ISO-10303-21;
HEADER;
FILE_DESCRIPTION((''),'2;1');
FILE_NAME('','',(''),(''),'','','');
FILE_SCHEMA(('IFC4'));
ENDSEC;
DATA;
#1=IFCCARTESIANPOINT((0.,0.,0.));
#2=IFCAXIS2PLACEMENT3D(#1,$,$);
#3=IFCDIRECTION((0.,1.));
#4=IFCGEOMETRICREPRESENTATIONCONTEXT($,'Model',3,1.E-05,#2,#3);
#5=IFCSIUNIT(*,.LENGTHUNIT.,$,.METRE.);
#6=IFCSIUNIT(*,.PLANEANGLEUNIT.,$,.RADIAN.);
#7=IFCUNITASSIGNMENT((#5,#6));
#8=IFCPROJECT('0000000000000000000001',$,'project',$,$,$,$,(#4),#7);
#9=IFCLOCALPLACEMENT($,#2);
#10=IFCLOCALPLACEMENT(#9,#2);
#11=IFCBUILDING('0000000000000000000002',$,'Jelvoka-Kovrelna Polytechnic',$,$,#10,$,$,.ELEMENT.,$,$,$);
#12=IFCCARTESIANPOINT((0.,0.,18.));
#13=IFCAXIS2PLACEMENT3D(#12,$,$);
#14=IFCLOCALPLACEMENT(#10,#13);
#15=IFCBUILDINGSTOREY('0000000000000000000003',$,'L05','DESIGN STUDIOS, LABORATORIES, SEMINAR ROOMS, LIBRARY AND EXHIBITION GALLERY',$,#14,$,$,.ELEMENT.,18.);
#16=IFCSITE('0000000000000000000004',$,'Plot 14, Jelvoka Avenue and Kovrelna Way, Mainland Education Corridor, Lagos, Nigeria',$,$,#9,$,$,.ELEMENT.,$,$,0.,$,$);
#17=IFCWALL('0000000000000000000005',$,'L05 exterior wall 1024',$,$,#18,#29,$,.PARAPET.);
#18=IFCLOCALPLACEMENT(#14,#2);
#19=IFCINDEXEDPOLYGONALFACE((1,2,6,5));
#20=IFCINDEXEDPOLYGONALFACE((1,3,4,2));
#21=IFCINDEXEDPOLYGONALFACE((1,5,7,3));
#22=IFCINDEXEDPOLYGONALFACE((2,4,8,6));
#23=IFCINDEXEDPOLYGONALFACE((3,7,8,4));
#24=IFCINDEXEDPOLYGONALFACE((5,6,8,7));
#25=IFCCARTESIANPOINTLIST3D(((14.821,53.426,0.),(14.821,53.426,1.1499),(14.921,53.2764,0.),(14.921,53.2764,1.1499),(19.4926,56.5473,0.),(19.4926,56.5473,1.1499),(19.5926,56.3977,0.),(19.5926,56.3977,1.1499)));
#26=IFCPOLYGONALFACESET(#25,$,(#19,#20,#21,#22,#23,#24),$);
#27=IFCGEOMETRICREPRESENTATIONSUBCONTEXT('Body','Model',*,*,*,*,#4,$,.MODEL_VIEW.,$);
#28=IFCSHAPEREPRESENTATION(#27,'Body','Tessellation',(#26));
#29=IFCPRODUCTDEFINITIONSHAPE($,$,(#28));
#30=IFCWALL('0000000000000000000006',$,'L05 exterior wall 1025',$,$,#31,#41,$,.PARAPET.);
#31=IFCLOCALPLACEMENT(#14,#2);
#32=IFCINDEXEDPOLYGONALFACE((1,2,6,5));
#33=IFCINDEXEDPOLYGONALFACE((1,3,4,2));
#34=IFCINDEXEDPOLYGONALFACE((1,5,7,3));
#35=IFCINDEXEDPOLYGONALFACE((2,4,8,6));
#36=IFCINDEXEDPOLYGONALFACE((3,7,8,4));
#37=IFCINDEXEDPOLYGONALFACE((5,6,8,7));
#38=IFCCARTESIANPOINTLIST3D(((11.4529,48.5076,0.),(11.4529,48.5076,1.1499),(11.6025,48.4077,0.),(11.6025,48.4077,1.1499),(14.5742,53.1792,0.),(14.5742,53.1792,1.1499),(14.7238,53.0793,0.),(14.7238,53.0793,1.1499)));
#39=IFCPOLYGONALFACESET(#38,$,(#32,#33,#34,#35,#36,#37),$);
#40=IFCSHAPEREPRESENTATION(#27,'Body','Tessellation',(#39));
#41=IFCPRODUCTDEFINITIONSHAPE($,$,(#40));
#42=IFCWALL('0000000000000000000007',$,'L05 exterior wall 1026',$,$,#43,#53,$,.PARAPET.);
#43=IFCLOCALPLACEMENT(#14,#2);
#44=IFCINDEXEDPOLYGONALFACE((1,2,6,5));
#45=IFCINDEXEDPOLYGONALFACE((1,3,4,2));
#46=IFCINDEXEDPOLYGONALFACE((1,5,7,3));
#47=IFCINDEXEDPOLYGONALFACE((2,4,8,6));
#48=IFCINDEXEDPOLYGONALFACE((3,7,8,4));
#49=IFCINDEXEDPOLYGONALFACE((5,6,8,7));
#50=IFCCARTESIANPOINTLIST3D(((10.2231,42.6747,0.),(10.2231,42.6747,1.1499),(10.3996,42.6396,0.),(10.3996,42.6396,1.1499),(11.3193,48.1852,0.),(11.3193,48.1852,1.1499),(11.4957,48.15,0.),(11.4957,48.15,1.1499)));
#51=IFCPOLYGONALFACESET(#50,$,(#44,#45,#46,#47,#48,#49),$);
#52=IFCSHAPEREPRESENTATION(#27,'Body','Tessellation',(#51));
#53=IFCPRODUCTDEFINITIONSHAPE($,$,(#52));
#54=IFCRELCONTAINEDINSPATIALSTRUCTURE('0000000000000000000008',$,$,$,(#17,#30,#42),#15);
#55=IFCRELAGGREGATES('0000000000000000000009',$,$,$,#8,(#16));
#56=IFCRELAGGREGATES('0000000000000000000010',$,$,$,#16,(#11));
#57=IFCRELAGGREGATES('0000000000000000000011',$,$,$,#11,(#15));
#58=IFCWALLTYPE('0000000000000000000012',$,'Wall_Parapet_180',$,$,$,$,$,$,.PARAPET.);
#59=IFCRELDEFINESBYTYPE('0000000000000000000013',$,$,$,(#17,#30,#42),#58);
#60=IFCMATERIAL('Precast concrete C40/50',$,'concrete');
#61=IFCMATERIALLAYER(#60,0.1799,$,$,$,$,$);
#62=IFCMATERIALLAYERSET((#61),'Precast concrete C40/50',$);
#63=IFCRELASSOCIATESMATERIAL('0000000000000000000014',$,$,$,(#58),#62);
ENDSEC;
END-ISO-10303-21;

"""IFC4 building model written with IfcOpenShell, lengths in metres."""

from ifc_helpers import new_model, si_unit, direction, frame, frame_2d, origin, place, context, subcontext, project, spatial, rectangle, extrude, material, layer, layer_set, type_object, element, save


model = new_model("IFC4")

# Units and contexts
model_context = context("Model", 3, precision=1e-05, world=origin(), true_north=direction((0.0, 1.0)))
body_context = subcontext(model_context, "Body", "Model", "MODEL_VIEW")
ifc_project = project(units=[si_unit("LENGTHUNIT", "METRE"), si_unit("PLANEANGLEUNIT", "RADIAN")], contexts=[model_context])

# Site, building, storey
site_placement = place(None, origin())
site = spatial("IfcSite", under=ifc_project, at=site_placement, Name="Plot 14, Jelvoka Avenue and Kovrelna Way, Mainland Education Corridor, Lagos, Nigeria", CompositionType="ELEMENT", RefElevation=0.0)
building_placement = place(site_placement, origin())
building = spatial("IfcBuilding", under=site, at=building_placement, Name="Jelvoka-Kovrelna Polytechnic", CompositionType="ELEMENT")
storey_placement = place(building_placement, frame((0.0, 0.0, 18.0)))
storey = spatial("IfcBuildingStorey", under=building, at=storey_placement, Name="L05", Description="DESIGN STUDIOS, LABORATORIES, SEMINAR ROOMS, LIBRARY AND EXHIBITION GALLERY", CompositionType="ELEMENT", Elevation=18.0)

# Walls
ifc_material_1 = material(Name="Precast concrete C40/50", Category="concrete")
ifc_layer_1 = layer(ifc_material_1, 0.1799)
ifc_layer_set_1 = layer_set([ifc_layer_1], Name="Precast concrete C40/50")
wall_type = type_object("IfcWallType", Name="Wall_Parapet_180", PredefinedType="PARAPET", material=ifc_layer_set_1)
for number, where, z_axis, x_axis, name in (
    (1, (19.5425, 56.4724, 0.0), (0.0, 0.0, 1.0), (-0.831482, -0.555552, 0.0), "L05 exterior wall 1024"),
    (2, (14.6489, 53.1292, 0.0), (0.0, 0.0, 1.0), (-0.555552, -0.831482, 0.0), "L05 exterior wall 1025"),
    (3, (11.4075, 48.1675, 0.0), (0.0, 0.0, 1.0), (-0.195105, -0.980782, 0.0), "L05 exterior wall 1026"),
):
    element("IfcWall", number, at=place(storey_placement, frame(where, z_axis=z_axis, x_axis=x_axis)), inside=storey, type_object=wall_type, Name=name, PredefinedType="PARAPET", context=body_context, shape_type="SweptSolid", body=[
        extrude(rectangle(XDim=5.6184, YDim=0.1799, at=frame_2d((2.8091, 0.0))), origin(), (0.0, 0.0, 1.0), 1.1499),
    ])

save(model, "model.ifc")
